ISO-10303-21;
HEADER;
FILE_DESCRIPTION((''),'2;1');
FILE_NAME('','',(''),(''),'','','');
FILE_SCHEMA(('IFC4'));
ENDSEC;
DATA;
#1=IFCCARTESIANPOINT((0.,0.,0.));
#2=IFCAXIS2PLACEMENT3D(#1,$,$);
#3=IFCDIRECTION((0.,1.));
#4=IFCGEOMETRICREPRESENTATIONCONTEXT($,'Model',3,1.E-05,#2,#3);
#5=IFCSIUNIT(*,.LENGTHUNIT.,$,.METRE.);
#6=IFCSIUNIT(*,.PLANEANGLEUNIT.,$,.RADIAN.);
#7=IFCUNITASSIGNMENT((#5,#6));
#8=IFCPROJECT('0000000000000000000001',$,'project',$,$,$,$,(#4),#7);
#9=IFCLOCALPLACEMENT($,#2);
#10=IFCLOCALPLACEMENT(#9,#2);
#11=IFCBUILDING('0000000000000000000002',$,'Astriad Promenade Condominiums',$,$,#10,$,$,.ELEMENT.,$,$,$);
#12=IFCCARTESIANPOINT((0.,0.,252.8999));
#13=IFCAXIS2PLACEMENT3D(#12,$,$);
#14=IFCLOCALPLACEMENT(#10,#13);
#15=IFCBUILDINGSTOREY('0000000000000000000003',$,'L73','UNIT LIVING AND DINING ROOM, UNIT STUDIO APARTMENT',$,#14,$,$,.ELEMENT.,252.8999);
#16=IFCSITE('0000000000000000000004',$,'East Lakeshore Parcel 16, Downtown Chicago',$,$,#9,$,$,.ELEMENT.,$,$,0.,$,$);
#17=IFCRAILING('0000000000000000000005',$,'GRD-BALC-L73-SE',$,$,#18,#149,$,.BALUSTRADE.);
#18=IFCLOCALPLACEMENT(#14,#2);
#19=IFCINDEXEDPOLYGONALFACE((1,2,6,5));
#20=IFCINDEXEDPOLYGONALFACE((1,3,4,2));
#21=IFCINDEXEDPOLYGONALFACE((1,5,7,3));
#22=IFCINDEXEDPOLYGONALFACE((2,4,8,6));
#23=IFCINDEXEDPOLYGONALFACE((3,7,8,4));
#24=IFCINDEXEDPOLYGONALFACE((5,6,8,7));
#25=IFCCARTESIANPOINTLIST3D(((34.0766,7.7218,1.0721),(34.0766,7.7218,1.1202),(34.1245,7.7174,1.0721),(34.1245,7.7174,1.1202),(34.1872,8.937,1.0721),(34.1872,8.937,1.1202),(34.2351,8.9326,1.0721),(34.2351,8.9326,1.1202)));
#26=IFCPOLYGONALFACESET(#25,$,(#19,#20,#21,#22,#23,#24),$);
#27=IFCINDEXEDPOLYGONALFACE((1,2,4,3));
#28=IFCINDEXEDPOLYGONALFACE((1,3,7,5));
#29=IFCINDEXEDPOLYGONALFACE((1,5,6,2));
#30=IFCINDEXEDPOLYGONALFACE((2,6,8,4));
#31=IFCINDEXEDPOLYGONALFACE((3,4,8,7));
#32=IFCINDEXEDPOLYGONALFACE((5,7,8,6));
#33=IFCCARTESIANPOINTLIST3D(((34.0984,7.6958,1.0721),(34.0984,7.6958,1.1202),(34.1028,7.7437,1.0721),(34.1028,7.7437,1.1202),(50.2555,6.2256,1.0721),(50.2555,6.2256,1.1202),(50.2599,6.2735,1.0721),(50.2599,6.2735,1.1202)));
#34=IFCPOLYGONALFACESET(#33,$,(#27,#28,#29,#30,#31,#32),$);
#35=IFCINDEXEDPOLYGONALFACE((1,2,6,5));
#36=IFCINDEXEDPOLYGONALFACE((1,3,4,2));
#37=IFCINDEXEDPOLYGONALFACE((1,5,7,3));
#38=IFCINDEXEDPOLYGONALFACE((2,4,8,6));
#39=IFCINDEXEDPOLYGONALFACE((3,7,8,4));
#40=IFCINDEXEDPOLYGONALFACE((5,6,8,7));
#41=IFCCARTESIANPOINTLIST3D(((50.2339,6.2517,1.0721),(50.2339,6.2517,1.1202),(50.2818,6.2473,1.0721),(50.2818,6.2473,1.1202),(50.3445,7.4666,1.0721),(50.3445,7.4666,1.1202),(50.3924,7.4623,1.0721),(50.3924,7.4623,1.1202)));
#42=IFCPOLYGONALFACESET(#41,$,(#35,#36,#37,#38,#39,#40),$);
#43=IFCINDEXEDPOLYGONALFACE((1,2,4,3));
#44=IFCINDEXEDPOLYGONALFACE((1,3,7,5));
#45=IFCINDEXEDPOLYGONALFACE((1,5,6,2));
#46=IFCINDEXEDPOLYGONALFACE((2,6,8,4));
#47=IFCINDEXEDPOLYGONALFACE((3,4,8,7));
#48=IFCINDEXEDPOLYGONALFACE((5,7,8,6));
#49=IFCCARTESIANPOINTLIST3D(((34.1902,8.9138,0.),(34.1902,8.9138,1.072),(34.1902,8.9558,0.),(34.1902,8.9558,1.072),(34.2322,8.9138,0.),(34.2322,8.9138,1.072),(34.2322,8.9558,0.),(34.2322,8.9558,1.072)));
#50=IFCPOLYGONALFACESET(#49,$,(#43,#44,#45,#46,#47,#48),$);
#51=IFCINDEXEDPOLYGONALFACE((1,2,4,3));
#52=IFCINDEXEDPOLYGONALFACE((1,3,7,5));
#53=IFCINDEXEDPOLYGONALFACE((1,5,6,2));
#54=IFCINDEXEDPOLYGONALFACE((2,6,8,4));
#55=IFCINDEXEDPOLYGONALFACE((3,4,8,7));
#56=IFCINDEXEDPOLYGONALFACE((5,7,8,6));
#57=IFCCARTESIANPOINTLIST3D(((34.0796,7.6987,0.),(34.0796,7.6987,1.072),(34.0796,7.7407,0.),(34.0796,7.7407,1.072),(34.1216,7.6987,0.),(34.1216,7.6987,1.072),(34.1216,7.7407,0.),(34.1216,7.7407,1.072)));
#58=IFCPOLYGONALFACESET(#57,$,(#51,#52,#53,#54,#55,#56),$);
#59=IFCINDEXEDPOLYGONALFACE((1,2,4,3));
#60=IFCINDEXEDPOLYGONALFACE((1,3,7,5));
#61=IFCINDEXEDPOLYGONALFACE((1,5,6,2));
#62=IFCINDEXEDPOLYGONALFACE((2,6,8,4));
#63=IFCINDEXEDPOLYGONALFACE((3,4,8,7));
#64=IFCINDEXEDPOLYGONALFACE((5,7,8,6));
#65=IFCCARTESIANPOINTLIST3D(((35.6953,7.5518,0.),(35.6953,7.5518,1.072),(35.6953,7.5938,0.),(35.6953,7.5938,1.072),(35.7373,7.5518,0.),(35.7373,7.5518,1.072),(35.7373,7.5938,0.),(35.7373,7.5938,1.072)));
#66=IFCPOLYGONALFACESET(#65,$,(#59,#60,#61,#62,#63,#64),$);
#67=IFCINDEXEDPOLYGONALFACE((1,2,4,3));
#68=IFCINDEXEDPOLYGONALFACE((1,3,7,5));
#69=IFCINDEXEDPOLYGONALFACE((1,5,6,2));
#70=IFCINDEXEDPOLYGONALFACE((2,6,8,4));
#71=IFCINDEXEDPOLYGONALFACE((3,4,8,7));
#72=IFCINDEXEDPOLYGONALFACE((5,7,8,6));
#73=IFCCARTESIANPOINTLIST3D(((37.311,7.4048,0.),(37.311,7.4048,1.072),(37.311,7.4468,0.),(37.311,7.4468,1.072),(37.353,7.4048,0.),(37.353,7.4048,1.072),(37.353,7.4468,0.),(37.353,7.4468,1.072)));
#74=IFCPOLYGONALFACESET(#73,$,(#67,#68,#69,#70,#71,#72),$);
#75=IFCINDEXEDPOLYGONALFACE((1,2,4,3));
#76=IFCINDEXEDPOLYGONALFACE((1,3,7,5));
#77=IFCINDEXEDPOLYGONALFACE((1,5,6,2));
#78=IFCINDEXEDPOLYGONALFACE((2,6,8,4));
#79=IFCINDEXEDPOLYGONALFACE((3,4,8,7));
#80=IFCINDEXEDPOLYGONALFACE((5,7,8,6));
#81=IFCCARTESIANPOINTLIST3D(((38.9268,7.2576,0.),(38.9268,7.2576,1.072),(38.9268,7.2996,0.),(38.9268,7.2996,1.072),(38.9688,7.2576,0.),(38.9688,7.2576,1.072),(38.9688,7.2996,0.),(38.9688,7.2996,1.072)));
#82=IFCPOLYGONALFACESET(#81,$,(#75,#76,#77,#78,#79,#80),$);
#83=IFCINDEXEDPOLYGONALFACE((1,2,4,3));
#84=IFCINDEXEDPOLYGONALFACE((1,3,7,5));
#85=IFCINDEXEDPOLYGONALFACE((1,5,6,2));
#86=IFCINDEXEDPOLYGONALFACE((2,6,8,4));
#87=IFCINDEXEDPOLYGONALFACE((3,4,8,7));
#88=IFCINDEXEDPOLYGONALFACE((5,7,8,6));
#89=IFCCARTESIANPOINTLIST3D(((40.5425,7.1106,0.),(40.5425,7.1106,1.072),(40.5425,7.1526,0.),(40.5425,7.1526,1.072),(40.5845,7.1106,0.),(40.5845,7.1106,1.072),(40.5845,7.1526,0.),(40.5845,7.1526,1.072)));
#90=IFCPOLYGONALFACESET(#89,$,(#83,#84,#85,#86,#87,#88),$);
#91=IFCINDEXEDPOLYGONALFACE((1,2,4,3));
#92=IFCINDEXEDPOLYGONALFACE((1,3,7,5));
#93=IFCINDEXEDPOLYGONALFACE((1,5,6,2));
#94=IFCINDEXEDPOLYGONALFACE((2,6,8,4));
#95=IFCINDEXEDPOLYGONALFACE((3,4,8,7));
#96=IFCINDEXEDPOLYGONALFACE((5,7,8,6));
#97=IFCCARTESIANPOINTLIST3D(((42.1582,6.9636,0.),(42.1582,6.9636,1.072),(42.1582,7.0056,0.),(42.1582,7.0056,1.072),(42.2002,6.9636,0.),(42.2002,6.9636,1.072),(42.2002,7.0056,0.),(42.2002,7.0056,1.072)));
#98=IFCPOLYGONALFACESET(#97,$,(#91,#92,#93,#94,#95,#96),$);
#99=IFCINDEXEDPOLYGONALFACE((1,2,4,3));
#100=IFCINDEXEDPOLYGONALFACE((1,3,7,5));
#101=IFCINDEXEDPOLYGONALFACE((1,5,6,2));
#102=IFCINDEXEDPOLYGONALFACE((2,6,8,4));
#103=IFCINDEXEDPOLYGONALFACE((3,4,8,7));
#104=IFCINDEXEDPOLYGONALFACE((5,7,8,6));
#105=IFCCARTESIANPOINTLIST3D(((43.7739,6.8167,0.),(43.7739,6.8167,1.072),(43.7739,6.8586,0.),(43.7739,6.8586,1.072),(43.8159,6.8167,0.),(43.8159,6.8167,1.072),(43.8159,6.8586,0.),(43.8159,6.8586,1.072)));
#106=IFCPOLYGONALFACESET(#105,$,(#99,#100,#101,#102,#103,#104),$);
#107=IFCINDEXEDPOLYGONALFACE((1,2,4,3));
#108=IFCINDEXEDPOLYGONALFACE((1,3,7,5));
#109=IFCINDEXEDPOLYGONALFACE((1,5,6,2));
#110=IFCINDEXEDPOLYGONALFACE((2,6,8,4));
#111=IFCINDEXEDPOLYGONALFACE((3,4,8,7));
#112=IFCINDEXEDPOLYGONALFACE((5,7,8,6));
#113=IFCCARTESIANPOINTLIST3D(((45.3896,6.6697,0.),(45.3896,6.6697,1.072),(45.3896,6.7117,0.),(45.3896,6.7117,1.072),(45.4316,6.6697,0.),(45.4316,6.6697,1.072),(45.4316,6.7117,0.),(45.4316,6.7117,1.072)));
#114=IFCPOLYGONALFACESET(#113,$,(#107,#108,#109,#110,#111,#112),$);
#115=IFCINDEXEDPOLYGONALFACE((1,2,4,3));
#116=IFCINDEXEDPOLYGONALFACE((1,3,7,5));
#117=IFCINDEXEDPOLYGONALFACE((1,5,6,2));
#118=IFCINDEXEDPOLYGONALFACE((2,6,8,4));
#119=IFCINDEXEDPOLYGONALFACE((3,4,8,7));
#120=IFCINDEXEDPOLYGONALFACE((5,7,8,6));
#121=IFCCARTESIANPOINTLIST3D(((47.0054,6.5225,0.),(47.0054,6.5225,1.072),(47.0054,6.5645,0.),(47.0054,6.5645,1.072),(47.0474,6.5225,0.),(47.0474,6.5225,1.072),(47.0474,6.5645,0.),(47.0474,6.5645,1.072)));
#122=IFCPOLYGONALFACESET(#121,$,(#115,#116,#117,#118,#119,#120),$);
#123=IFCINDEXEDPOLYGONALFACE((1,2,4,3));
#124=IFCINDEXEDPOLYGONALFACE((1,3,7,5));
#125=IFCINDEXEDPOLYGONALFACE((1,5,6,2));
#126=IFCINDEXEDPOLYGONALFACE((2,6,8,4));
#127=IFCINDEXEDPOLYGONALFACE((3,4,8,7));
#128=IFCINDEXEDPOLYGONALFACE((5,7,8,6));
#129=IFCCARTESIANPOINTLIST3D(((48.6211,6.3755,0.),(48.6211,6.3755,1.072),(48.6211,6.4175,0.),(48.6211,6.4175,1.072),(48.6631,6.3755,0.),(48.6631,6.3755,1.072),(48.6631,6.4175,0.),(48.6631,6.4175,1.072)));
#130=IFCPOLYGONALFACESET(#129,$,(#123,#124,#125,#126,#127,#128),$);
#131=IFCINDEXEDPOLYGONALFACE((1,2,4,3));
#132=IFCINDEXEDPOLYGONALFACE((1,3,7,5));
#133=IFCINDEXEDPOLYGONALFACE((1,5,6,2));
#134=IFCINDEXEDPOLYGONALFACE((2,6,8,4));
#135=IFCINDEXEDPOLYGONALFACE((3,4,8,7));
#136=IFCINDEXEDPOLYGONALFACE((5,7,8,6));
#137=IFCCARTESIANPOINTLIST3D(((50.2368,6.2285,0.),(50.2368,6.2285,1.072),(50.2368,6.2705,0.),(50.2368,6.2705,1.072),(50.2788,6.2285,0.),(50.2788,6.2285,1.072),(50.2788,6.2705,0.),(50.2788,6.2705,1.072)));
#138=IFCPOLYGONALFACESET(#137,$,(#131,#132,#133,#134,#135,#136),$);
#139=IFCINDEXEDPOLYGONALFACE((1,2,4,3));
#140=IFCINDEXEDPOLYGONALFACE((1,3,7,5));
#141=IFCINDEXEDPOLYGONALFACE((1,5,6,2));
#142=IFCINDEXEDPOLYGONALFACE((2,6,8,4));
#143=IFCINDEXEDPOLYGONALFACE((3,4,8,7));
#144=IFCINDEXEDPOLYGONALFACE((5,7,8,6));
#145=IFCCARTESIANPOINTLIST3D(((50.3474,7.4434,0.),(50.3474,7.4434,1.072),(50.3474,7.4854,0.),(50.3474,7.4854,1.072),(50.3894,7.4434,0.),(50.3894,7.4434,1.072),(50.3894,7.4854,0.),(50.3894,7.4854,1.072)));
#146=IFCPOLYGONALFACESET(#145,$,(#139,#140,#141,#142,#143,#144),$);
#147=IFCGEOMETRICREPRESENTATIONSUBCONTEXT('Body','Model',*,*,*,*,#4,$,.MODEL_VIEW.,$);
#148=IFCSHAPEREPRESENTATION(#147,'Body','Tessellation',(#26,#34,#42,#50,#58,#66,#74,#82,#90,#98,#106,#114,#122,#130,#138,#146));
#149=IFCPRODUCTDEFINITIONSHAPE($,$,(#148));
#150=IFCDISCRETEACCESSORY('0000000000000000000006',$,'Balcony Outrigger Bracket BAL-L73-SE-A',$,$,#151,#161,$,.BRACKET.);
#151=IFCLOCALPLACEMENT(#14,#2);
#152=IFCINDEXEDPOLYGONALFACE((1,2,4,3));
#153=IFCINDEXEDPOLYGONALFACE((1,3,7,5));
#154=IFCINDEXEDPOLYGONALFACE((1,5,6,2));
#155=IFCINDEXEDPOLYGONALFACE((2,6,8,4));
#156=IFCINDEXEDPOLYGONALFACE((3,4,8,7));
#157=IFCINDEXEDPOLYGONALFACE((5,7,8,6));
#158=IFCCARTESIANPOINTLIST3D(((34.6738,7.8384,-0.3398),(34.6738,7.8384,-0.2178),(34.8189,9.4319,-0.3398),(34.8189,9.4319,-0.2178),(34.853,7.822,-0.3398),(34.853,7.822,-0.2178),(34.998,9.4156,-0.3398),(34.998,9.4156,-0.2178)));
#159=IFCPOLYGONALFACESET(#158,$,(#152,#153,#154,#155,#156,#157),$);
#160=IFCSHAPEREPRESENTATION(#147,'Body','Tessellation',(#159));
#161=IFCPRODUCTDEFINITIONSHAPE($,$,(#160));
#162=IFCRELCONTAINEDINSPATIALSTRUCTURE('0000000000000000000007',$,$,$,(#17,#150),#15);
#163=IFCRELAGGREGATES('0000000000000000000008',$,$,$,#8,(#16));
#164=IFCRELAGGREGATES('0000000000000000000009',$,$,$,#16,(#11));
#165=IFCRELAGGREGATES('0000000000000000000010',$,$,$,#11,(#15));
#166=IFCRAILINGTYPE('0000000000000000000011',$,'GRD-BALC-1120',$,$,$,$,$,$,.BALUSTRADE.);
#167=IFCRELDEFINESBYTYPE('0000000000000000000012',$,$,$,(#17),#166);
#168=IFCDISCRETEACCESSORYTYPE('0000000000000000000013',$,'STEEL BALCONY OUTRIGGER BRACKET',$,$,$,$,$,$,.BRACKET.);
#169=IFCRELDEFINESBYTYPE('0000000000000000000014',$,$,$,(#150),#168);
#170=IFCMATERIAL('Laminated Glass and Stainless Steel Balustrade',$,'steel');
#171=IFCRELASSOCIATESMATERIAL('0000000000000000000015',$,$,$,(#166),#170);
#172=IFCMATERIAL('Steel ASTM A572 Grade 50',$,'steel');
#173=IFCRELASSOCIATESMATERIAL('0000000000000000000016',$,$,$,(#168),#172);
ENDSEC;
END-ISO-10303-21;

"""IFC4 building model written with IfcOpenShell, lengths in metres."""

from ifc_helpers import new_model, si_unit, direction, frame, origin, origin_2d, place, context, subcontext, project, spatial, rectangle, extrude, source, transform, mapped, material, type_object, type_shapes, element, save


model = new_model("IFC4")

# Units and contexts
model_context = context("Model", 3, precision=1e-05, world=origin(), true_north=direction((0.0, 1.0)))
body_context = subcontext(model_context, "Body", "Model", "MODEL_VIEW")
ifc_project = project(units=[si_unit("LENGTHUNIT", "METRE"), si_unit("PLANEANGLEUNIT", "RADIAN")], contexts=[model_context])

# Site, building, storey
site_placement = place(None, origin())
site = spatial("IfcSite", under=ifc_project, at=site_placement, Name="East Lakeshore Parcel 16, Downtown Chicago", CompositionType="ELEMENT", RefElevation=0.0)
building_placement = place(site_placement, origin())
building = spatial("IfcBuilding", under=site, at=building_placement, Name="Astriad Promenade Condominiums", CompositionType="ELEMENT")
storey_placement = place(building_placement, frame((0.0, 0.0, 252.8999)))
storey = spatial("IfcBuildingStorey", under=building, at=storey_placement, Name="L73", Description="UNIT LIVING AND DINING ROOM, UNIT STUDIO APARTMENT", CompositionType="ELEMENT", Elevation=252.8999)

# Railing
ifc_material_1 = material(Name="Laminated Glass and Stainless Steel Balustrade", Category="steel")
railing_type = type_object("IfcRailingType", Name="GRD-BALC-1120", PredefinedType="BALUSTRADE", material=ifc_material_1)
shared_shape_1 = source(origin(), body_context, "Body", "SweptSolid", [
    extrude(rectangle(XDim=0.0481, YDim=0.0481, at=origin_2d()), frame((0.0, 0.0, 1.0962), z_axis=(-0.090644, -0.995883, 0.0), x_axis=(0.995883, -0.090644, 0.0)), (0.0, 0.0, 1.0), 1.2202),
    extrude(rectangle(XDim=0.0481, YDim=0.0481, at=origin_2d()), frame((-0.1106, -1.2151, 1.0962), z_axis=(0.995886, -0.09062, 0.0), x_axis=(0.09062, 0.995886, 0.0)), (0.0, 0.0, 1.0), 16.2239),
    extrude(rectangle(XDim=0.0481, YDim=0.0481, at=origin_2d()), frame((16.0466, -2.6853, 1.0962), z_axis=(0.090662, 0.995882, 0.0), x_axis=(-0.995882, 0.090662, 0.0)), (0.0, 0.0, 1.0), 1.22),
    extrude(rectangle(XDim=0.042, YDim=0.042, at=origin_2d()), origin(), (0.0, 0.0, 1.0), 1.072),
    extrude(rectangle(XDim=0.042, YDim=0.042, at=origin_2d()), frame((-0.1106, -1.2151, 0.0)), (0.0, 0.0, 1.0), 1.072),
    extrude(rectangle(XDim=0.042, YDim=0.042, at=origin_2d()), frame((1.5051, -1.3621, 0.0)), (0.0, 0.0, 1.0), 1.072),
    extrude(rectangle(XDim=0.042, YDim=0.042, at=origin_2d()), frame((3.1208, -1.509, 0.0)), (0.0, 0.0, 1.0), 1.072),
    extrude(rectangle(XDim=0.042, YDim=0.042, at=origin_2d()), frame((4.7366, -1.6562, 0.0)), (0.0, 0.0, 1.0), 1.072),
    extrude(rectangle(XDim=0.042, YDim=0.042, at=origin_2d()), frame((6.3523, -1.8032, 0.0)), (0.0, 0.0, 1.0), 1.072),
    extrude(rectangle(XDim=0.042, YDim=0.042, at=origin_2d()), frame((7.968, -1.9502, 0.0)), (0.0, 0.0, 1.0), 1.072),
    extrude(rectangle(XDim=0.042, YDim=0.042, at=origin_2d()), frame((9.5837, -2.0972, 0.0)), (0.0, 0.0, 1.0), 1.072),
    extrude(rectangle(XDim=0.042, YDim=0.042, at=origin_2d()), frame((11.1995, -2.2441, 0.0)), (0.0, 0.0, 1.0), 1.072),
    extrude(rectangle(XDim=0.042, YDim=0.042, at=origin_2d()), frame((12.8152, -2.3914, 0.0)), (0.0, 0.0, 1.0), 1.072),
    extrude(rectangle(XDim=0.042, YDim=0.042, at=origin_2d()), frame((14.4309, -2.5383, 0.0)), (0.0, 0.0, 1.0), 1.072),
    extrude(rectangle(XDim=0.042, YDim=0.042, at=origin_2d()), frame((16.0466, -2.6853, 0.0)), (0.0, 0.0, 1.0), 1.072),
    extrude(rectangle(XDim=0.042, YDim=0.042, at=origin_2d()), frame((16.1572, -1.4705, 0.0)), (0.0, 0.0, 1.0), 1.072),
])
type_shapes(railing_type, [shared_shape_1])
railing_placement = place(storey_placement, frame((34.2112, 8.9348, 0.0)))
element("IfcRailing", 1, at=railing_placement, inside=storey, type_object=railing_type, Name="GRD-BALC-L73-SE", PredefinedType="BALUSTRADE", context=body_context, shape_type="MappedRepresentation", body=[
    mapped(shared_shape_1, transform((0.0, 0.0, 0.0), scale=1.0)),
])

# Discrete accessory
ifc_material_2 = material(Name="Steel ASTM A572 Grade 50", Category="steel")
discrete_accessory_type = type_object("IfcDiscreteAccessoryType", Name="STEEL BALCONY OUTRIGGER BRACKET", PredefinedType="BRACKET", material=ifc_material_2)
shared_shape_2 = source(origin(), body_context, "Body", "SweptSolid", [
    extrude(rectangle(XDim=1.6001, YDim=0.1799, at=origin_2d()), origin(), (0.0, 0.0, 1.0), 0.1221),
])
type_shapes(discrete_accessory_type, [shared_shape_2])
discrete_accessory_placement = place(storey_placement, frame((34.8359, 8.627, -0.3398), z_axis=(0.0, 0.0, 1.0), x_axis=(-0.090633, -0.995884, 0.0)))
element("IfcDiscreteAccessory", 2, at=discrete_accessory_placement, inside=storey, type_object=discrete_accessory_type, Name="Balcony Outrigger Bracket BAL-L73-SE-A", PredefinedType="BRACKET", context=body_context, shape_type="MappedRepresentation", body=[
    mapped(shared_shape_2, transform((0.0, 0.0, 0.0), scale=1.0)),
])

save(model, "model.ifc")
